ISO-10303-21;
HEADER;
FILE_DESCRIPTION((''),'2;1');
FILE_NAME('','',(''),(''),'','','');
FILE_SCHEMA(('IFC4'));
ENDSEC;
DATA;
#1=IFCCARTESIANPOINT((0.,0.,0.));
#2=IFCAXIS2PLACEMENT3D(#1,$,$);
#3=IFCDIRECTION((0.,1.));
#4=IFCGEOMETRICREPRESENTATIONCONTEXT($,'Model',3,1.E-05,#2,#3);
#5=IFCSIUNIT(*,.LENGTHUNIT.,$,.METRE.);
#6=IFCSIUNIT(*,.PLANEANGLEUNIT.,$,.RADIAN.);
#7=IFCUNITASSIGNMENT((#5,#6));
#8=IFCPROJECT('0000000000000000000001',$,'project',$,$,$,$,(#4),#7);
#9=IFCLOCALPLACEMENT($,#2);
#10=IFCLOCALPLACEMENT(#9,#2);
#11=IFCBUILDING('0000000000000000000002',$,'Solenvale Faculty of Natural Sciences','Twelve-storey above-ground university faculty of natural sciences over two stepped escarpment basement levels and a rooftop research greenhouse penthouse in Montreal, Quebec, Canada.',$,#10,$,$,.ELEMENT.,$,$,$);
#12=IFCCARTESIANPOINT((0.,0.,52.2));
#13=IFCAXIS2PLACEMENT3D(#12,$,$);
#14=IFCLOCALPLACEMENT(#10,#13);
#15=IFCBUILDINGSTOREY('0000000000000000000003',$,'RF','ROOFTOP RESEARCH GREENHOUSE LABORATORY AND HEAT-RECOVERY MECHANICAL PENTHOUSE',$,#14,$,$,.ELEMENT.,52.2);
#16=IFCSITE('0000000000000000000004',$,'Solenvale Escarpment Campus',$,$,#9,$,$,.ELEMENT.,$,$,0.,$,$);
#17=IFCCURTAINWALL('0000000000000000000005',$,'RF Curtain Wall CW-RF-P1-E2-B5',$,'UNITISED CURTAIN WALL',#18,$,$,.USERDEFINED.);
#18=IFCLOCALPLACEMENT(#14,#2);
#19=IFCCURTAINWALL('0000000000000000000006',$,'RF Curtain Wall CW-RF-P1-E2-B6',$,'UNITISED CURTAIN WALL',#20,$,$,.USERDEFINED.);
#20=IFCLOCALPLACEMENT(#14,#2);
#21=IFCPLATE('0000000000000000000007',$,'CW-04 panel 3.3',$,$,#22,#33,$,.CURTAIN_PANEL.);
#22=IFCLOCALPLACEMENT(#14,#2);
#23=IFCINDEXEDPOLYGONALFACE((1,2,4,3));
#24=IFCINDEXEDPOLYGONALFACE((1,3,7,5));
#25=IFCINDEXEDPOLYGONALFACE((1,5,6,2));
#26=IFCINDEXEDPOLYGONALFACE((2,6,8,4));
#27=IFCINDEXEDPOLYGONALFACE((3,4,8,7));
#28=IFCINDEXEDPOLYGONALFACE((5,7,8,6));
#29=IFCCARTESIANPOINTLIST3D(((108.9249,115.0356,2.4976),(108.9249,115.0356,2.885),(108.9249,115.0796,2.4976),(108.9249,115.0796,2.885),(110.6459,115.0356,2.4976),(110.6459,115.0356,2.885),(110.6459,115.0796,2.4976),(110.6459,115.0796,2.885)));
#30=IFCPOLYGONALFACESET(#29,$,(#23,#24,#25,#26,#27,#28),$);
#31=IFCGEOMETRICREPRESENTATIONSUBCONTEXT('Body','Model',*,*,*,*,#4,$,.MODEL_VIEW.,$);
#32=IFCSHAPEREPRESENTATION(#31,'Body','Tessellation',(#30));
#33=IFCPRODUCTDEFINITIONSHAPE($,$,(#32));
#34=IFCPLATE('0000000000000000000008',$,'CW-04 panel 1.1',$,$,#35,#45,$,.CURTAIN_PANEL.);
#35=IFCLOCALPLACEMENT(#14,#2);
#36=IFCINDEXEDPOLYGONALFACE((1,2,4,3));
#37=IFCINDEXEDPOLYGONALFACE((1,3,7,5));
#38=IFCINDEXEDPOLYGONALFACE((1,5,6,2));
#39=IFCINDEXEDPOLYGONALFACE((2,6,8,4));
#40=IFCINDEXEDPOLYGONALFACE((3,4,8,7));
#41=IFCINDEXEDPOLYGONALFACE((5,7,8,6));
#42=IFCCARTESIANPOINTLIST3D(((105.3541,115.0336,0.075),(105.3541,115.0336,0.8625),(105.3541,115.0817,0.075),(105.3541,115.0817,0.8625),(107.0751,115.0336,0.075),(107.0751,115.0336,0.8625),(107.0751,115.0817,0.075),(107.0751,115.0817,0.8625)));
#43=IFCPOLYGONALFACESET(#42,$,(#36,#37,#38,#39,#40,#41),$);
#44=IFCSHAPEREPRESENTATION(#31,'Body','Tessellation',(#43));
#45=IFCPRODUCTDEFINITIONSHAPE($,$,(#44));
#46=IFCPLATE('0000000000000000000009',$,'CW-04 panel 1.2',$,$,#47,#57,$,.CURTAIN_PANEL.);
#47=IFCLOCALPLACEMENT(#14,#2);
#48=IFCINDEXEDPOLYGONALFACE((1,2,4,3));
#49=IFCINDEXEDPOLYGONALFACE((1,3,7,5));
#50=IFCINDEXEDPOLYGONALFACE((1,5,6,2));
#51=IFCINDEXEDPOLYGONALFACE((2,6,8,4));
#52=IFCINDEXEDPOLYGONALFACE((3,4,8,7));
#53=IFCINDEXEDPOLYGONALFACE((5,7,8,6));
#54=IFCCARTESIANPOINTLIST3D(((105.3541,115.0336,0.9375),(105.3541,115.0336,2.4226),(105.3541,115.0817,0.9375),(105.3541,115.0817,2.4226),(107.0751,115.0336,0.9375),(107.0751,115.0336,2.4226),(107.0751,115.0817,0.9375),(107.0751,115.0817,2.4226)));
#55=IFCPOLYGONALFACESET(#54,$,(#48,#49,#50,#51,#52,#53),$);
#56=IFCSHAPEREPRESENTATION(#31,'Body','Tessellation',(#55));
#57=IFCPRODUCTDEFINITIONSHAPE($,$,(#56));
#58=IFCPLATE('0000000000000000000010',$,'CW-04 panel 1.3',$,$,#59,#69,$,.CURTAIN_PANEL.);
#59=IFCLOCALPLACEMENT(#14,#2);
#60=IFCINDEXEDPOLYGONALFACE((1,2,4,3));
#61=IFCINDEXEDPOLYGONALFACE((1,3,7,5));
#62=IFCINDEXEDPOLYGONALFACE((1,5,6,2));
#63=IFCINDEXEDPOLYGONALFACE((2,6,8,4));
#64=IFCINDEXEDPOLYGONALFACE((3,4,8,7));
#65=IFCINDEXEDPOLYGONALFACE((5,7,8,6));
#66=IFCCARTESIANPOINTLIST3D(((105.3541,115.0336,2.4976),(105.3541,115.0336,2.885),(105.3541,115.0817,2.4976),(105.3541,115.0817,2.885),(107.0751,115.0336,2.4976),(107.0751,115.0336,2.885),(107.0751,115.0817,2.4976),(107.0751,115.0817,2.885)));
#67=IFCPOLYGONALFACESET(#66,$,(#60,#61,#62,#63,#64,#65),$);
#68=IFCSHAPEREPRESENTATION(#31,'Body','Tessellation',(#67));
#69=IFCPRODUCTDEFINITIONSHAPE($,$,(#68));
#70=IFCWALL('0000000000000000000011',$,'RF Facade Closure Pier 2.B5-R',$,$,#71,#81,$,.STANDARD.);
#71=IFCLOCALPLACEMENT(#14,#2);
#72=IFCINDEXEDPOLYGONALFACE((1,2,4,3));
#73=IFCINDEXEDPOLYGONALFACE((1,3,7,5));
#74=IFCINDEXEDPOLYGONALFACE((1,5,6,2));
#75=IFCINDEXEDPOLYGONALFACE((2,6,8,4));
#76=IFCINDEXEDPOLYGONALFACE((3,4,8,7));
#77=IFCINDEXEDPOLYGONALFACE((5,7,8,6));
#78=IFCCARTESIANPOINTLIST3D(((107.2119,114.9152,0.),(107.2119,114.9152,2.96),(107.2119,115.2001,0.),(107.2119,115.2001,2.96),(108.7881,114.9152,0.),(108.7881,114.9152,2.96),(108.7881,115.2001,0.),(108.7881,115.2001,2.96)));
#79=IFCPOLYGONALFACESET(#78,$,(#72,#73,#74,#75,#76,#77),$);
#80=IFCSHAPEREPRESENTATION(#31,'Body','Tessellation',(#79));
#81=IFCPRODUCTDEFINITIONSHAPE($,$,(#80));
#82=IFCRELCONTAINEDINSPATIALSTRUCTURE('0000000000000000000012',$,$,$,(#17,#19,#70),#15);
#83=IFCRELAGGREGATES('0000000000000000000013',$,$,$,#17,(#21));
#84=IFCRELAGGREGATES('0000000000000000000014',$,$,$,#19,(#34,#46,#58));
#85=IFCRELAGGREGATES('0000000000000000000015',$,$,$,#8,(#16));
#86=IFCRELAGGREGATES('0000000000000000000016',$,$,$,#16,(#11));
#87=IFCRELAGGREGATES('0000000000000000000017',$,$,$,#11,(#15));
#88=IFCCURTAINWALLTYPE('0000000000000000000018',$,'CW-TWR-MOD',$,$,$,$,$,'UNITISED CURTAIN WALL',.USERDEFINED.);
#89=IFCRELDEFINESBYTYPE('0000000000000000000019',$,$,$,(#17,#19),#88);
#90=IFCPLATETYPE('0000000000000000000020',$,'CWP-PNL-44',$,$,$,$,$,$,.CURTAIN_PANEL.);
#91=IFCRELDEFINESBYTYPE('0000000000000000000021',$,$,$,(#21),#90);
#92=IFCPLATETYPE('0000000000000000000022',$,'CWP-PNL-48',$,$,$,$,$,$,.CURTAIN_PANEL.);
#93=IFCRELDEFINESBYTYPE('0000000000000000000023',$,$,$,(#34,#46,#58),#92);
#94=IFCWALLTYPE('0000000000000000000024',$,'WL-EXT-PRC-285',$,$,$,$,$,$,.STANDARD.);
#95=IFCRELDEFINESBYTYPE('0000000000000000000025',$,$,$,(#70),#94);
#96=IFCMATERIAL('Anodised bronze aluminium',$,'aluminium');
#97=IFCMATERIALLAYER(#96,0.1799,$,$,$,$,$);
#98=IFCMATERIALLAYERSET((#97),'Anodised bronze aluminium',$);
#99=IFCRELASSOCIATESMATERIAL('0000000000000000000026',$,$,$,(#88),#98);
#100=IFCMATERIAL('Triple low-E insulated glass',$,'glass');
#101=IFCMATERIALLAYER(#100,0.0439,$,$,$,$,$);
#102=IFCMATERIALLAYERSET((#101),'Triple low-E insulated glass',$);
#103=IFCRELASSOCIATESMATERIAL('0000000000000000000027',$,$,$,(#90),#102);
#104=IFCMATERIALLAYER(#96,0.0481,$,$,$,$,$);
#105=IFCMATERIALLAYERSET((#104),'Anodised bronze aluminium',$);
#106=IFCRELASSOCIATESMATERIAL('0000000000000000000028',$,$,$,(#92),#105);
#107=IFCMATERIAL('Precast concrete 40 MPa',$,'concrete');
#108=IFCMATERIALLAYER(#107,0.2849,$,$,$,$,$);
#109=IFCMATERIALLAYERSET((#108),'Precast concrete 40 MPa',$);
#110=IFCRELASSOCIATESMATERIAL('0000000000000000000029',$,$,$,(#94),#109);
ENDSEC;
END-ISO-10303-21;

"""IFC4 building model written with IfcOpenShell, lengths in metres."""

from ifc_helpers import new_model, si_unit, direction, frame, frame_2d, origin, origin_2d, place, context, subcontext, project, spatial, rectangle, extrude, material, layer, layer_set, type_object, element, aggregate, save


model = new_model("IFC4")

# Units and contexts
model_context = context("Model", 3, precision=1e-05, world=origin(), true_north=direction((0.0, 1.0)))
body_context = subcontext(model_context, "Body", "Model", "MODEL_VIEW")
ifc_project = project(units=[si_unit("LENGTHUNIT", "METRE"), si_unit("PLANEANGLEUNIT", "RADIAN")], contexts=[model_context])

# Site, building, storey
site_placement = place(None, origin())
site = spatial("IfcSite", under=ifc_project, at=site_placement, Name="Solenvale Escarpment Campus", CompositionType="ELEMENT", RefElevation=0.0)
building_placement = place(site_placement, origin())
building = spatial("IfcBuilding", under=site, at=building_placement, Name="Solenvale Faculty of Natural Sciences", Description="Twelve-storey above-ground university faculty of natural sciences over two stepped escarpment basement levels and a rooftop research greenhouse penthouse in Montreal, Quebec, Canada.", CompositionType="ELEMENT")
storey_placement = place(building_placement, frame((0.0, 0.0, 52.2)))
storey = spatial("IfcBuildingStorey", under=building, at=storey_placement, Name="RF", Description="ROOFTOP RESEARCH GREENHOUSE LABORATORY AND HEAT-RECOVERY MECHANICAL PENTHOUSE", CompositionType="ELEMENT", Elevation=52.2)

# Shared definitions
ifc_material_1 = material(Name="Precast concrete 40 MPa", Category="concrete")

# Curtain walls
ifc_material_2 = material(Name="Anodised bronze aluminium", Category="aluminium")
ifc_layer_1 = layer(ifc_material_2, 0.1799)
ifc_layer_set_1 = layer_set([ifc_layer_1], Name="Anodised bronze aluminium")
curtain_wall_type = type_object("IfcCurtainWallType", Name="CW-TWR-MOD", ElementType="UNITISED CURTAIN WALL", PredefinedType="USERDEFINED", material=ifc_layer_set_1)
curtain_wall_1_placement = place(storey_placement, origin())
curtain_wall_1 = element("IfcCurtainWall", 1, at=curtain_wall_1_placement, inside=storey, type_object=curtain_wall_type, Name="RF Curtain Wall CW-RF-P1-E2-B5", ObjectType="UNITISED CURTAIN WALL", PredefinedType="USERDEFINED")
curtain_wall_2_placement = place(storey_placement, origin())
curtain_wall_2 = element("IfcCurtainWall", 2, at=curtain_wall_2_placement, inside=storey, type_object=curtain_wall_type, Name="RF Curtain Wall CW-RF-P1-E2-B6", ObjectType="UNITISED CURTAIN WALL", PredefinedType="USERDEFINED")

# Plates
ifc_material_3 = material(Name="Triple low-E insulated glass", Category="glass")
ifc_layer_2 = layer(ifc_material_3, 0.0439)
ifc_layer_set_2 = layer_set([ifc_layer_2], Name="Triple low-E insulated glass")
plate_type_1 = type_object("IfcPlateType", Name="CWP-PNL-44", PredefinedType="CURTAIN_PANEL", material=ifc_layer_set_2)
plate_1_placement = place(storey_placement, frame((109.7854, 115.0576, 2.4976), z_axis=(0.0, 0.0, 1.0), x_axis=(-1.0, 0.0, 0.0)))
plate_1 = element("IfcPlate", 3, at=plate_1_placement, type_object=plate_type_1, Name="CW-04 panel 3.3", PredefinedType="CURTAIN_PANEL", context=body_context, shape_type="SweptSolid", body=[
    extrude(rectangle(XDim=1.7209, YDim=0.0439, at=origin_2d()), origin(), (0.0, 0.0, 1.0), 0.3875),
])
aggregate(curtain_wall_1, [plate_1])
ifc_layer_3 = layer(ifc_material_2, 0.0481)
ifc_layer_set_3 = layer_set([ifc_layer_3], Name="Anodised bronze aluminium")
plate_type_2 = type_object("IfcPlateType", Name="CWP-PNL-48", PredefinedType="CURTAIN_PANEL", material=ifc_layer_set_3)
plate_2_placement = place(storey_placement, frame((106.2146, 115.0576, 0.075), z_axis=(0.0, 0.0, 1.0), x_axis=(-1.0, 0.0, 0.0)))
plate_2 = element("IfcPlate", 4, at=plate_2_placement, type_object=plate_type_2, Name="CW-04 panel 1.1", PredefinedType="CURTAIN_PANEL", context=body_context, shape_type="SweptSolid", body=[
    extrude(rectangle(XDim=1.7209, YDim=0.0481, at=origin_2d()), origin(), (0.0, 0.0, 1.0), 0.7876),
])
plate_3_placement = place(storey_placement, frame((106.2146, 115.0576, 0.9375), z_axis=(0.0, 0.0, 1.0), x_axis=(-1.0, 0.0, 0.0)))
plate_3 = element("IfcPlate", 5, at=plate_3_placement, type_object=plate_type_2, Name="CW-04 panel 1.2", PredefinedType="CURTAIN_PANEL", context=body_context, shape_type="SweptSolid", body=[
    extrude(rectangle(XDim=1.7209, YDim=0.0481, at=origin_2d()), origin(), (0.0, 0.0, 1.0), 1.4851),
])
plate_4_placement = place(storey_placement, frame((106.2146, 115.0576, 2.4976), z_axis=(0.0, 0.0, 1.0), x_axis=(-1.0, 0.0, 0.0)))
plate_4 = element("IfcPlate", 6, at=plate_4_placement, type_object=plate_type_2, Name="CW-04 panel 1.3", PredefinedType="CURTAIN_PANEL", context=body_context, shape_type="SweptSolid", body=[
    extrude(rectangle(XDim=1.7209, YDim=0.0481, at=origin_2d()), origin(), (0.0, 0.0, 1.0), 0.3875),
])
aggregate(curtain_wall_2, [plate_2, plate_3, plate_4])

# Wall
ifc_layer_4 = layer(ifc_material_1, 0.2849)
ifc_layer_set_4 = layer_set([ifc_layer_4], Name="Precast concrete 40 MPa")
wall_type = type_object("IfcWallType", Name="WL-EXT-PRC-285", PredefinedType="STANDARD", material=ifc_layer_set_4)
wall_placement = place(storey_placement, frame((108.7881, 115.0576, 0.0), z_axis=(0.0, 0.0, 1.0), x_axis=(-1.0, 0.0, 0.0)))
element("IfcWall", 7, at=wall_placement, inside=storey, type_object=wall_type, Name="RF Facade Closure Pier 2.B5-R", PredefinedType="STANDARD", context=body_context, shape_type="SweptSolid", body=[
    extrude(rectangle(XDim=1.5762, YDim=0.2849, at=frame_2d((0.7881, 0.0))), origin(), (0.0, 0.0, 1.0), 2.96),
])

save(model, "model.ifc")
